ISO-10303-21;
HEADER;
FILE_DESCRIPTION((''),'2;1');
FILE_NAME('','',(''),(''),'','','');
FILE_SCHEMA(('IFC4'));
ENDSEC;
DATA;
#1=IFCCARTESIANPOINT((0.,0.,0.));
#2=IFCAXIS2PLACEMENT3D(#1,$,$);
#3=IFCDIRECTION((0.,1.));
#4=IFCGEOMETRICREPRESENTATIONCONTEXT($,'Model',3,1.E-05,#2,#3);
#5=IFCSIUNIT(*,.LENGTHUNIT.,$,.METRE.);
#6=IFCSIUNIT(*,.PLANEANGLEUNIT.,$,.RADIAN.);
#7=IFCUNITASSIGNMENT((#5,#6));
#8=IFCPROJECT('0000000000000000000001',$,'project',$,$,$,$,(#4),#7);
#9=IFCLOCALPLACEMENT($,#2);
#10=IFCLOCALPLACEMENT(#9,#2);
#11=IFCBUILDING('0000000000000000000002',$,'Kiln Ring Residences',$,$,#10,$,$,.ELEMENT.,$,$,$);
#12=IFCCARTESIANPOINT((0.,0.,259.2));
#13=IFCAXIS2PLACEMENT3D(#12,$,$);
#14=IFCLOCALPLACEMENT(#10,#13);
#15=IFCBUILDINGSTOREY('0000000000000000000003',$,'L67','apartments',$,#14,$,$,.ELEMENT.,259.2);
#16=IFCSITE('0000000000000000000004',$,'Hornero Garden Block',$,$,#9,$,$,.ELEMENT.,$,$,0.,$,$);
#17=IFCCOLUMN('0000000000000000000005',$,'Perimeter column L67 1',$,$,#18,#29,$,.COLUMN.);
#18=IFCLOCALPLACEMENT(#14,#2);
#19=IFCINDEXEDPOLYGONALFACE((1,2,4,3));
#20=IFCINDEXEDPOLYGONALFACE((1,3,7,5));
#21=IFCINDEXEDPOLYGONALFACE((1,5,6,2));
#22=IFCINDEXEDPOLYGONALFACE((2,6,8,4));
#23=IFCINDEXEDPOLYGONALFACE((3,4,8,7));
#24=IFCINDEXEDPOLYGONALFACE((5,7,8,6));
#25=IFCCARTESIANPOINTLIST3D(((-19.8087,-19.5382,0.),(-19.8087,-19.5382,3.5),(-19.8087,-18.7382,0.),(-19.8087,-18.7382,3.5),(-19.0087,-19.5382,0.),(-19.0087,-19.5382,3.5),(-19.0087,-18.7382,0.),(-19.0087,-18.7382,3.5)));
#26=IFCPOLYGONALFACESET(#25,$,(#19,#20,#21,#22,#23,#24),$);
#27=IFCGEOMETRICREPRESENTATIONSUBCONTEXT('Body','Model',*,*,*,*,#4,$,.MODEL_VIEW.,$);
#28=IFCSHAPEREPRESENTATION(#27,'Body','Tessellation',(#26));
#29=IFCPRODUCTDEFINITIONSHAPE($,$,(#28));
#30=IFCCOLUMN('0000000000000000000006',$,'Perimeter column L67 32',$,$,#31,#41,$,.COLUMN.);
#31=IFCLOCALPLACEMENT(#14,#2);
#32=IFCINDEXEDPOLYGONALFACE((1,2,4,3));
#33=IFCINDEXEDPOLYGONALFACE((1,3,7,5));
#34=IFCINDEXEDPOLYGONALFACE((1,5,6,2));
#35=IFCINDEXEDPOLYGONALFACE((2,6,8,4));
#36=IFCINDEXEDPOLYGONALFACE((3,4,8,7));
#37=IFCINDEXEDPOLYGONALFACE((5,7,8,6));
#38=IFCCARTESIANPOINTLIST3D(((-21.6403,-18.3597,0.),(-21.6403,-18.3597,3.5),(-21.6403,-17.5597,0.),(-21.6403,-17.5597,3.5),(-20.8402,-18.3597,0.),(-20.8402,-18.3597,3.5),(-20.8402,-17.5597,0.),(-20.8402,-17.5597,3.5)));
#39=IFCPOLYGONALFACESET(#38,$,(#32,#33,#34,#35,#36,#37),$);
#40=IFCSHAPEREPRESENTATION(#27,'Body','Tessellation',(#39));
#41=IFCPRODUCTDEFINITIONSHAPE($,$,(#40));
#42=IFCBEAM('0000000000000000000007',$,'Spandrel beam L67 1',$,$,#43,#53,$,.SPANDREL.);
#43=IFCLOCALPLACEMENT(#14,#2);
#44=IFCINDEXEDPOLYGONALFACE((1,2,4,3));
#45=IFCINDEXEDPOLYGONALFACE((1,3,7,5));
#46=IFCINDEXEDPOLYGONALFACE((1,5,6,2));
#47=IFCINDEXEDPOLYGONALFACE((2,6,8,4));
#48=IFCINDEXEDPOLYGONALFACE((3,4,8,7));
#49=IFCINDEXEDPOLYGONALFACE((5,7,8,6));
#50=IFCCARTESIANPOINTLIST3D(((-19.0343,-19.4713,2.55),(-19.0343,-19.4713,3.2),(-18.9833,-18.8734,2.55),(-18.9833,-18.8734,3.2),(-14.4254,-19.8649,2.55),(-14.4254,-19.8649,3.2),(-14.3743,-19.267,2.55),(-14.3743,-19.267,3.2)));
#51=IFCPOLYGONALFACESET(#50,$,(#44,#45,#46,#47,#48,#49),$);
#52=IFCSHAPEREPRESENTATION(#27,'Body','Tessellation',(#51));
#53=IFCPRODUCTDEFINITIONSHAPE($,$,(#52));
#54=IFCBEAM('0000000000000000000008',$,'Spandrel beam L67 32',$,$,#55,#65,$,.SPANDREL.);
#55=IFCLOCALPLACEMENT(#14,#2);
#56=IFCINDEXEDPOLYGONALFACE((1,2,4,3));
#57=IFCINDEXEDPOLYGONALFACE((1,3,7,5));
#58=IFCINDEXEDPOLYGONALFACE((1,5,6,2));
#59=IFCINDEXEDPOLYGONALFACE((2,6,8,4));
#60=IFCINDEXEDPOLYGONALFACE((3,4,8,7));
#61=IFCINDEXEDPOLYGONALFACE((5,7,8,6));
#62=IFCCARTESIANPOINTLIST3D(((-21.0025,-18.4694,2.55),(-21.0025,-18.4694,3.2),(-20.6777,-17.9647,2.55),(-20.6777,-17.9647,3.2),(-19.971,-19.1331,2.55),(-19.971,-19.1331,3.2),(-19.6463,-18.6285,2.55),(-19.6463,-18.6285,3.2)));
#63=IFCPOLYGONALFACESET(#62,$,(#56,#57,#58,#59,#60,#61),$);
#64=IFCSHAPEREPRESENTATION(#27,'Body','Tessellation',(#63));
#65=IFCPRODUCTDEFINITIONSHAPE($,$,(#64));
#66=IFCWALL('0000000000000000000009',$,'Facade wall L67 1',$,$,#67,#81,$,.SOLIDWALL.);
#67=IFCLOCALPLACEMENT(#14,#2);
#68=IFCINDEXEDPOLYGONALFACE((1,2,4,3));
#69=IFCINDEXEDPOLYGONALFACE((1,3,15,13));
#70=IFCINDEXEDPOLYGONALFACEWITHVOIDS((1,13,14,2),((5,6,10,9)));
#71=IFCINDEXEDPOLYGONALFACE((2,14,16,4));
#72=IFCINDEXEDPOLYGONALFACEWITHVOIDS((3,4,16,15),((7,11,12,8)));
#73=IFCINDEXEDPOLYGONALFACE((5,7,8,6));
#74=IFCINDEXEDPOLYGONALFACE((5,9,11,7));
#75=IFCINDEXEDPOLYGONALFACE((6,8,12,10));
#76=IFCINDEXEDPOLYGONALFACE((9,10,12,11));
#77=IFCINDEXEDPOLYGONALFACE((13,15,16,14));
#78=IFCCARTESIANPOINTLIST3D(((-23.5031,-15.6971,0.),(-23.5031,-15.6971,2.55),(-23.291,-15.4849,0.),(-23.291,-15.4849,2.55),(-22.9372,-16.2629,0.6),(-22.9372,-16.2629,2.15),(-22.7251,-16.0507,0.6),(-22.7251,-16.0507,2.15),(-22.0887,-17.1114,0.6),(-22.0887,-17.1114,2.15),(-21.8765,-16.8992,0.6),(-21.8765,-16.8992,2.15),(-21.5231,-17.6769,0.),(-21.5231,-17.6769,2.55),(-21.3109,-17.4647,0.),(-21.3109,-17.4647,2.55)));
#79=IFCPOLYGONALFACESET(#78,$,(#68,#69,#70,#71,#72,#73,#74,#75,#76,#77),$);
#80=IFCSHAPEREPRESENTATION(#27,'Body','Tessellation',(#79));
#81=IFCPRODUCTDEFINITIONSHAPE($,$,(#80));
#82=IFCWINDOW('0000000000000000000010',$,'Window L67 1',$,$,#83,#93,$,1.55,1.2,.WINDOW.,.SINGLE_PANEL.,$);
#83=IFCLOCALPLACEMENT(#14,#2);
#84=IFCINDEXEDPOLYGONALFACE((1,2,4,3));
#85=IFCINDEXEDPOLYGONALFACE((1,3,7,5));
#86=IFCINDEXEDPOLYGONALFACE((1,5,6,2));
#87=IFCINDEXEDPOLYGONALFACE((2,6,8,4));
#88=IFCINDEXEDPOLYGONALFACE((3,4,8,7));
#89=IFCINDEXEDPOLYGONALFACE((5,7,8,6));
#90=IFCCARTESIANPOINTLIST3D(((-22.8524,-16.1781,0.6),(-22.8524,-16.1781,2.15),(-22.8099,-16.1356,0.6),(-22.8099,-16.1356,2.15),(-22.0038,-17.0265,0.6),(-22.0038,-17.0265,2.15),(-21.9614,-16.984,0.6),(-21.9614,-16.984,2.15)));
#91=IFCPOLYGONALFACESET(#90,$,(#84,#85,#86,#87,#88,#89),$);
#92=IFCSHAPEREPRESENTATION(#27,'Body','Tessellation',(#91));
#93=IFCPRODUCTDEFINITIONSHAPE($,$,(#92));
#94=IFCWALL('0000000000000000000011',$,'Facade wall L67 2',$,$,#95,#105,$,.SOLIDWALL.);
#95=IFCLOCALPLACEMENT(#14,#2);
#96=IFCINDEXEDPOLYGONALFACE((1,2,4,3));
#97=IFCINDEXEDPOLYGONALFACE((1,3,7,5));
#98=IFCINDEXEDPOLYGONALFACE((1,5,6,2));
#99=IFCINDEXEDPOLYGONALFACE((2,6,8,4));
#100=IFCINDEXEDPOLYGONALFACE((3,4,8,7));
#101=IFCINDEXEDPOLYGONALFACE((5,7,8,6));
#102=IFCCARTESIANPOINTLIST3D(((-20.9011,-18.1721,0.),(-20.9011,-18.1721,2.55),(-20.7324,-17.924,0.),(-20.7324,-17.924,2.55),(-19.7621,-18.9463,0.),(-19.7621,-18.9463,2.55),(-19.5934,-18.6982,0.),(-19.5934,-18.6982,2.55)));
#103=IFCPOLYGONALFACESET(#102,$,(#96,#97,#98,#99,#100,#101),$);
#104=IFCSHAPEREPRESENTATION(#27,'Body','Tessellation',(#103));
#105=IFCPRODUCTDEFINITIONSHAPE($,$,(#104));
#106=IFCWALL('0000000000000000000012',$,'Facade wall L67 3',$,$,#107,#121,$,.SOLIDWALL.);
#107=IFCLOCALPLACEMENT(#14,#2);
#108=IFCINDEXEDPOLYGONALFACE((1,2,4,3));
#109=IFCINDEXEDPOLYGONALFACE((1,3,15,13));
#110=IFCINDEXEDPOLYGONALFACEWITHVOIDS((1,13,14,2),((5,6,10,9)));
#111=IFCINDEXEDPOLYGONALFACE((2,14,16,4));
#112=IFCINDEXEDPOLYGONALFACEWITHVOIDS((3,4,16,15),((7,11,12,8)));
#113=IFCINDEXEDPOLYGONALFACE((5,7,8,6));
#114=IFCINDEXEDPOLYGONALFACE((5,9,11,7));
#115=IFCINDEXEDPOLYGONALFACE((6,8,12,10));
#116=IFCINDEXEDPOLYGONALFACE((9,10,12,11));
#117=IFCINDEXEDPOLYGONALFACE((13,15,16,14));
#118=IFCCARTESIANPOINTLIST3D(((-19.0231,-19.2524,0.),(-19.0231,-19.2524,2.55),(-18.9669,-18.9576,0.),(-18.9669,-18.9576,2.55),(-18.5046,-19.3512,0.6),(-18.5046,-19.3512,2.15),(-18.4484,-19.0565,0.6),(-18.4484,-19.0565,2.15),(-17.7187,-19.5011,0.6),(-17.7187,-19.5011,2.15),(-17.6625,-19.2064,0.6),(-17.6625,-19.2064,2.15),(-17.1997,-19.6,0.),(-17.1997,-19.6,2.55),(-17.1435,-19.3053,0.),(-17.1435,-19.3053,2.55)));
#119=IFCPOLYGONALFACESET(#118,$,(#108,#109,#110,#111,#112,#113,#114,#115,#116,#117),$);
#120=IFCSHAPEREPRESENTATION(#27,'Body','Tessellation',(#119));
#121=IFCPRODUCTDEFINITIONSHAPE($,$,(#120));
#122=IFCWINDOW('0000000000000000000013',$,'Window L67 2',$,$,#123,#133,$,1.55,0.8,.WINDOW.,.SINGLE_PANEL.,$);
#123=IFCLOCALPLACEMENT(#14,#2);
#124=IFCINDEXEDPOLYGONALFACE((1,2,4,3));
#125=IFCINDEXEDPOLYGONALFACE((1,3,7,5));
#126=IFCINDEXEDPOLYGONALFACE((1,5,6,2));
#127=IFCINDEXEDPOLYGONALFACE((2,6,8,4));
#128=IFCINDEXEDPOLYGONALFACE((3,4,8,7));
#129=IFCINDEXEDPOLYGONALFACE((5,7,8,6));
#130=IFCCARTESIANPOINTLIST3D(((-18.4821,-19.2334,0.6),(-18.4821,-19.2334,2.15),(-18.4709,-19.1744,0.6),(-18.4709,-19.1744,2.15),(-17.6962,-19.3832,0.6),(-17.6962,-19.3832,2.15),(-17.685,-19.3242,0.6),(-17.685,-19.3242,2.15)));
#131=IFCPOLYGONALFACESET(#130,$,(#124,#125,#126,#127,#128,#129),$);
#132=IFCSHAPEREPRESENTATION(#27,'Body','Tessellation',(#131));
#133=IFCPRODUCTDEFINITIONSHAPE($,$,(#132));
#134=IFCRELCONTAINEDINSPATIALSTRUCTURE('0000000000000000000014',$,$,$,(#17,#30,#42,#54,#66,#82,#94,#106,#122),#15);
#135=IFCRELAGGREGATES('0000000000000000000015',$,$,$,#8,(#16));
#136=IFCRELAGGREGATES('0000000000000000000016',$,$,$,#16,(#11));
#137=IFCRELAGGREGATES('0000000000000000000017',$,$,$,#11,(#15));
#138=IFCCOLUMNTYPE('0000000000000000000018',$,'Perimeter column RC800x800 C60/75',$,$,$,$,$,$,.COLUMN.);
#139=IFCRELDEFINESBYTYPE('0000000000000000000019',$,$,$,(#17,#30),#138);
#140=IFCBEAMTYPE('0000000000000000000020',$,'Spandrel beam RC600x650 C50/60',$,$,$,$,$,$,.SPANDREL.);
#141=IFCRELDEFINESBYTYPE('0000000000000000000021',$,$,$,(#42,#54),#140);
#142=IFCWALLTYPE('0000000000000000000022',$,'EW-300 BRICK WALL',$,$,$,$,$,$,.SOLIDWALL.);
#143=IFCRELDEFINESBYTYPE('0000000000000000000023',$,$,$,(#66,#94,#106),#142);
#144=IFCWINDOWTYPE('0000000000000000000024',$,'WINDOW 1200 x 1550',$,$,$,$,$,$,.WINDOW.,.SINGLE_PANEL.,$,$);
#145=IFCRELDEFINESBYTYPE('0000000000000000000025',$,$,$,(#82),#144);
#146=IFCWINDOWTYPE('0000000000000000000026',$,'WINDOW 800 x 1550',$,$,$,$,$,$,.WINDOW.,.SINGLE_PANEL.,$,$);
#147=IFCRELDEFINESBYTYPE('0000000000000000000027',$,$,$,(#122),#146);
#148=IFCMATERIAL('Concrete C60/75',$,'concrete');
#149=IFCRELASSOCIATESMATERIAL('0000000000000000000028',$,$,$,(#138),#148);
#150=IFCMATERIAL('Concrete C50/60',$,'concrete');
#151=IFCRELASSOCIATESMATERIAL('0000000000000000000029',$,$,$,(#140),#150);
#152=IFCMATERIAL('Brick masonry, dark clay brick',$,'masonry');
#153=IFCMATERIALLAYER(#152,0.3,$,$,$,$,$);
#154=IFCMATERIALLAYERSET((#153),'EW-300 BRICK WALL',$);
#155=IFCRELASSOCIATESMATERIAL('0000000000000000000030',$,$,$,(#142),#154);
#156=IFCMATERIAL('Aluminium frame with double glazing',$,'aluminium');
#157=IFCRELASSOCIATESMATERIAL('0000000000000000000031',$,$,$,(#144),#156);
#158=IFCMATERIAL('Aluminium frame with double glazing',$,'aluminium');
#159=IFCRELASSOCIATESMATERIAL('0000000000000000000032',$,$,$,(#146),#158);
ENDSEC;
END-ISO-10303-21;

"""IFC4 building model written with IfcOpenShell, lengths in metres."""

from ifc_helpers import new_model, si_unit, direction, frame, frame_2d, origin, origin_2d, place, context, subcontext, project, spatial, rectangle, extrude, material, layer, layer_set, material_profile, profile_set, type_object, element, fill, save


model = new_model("IFC4")

# Units and contexts
model_context = context("Model", 3, precision=1e-05, world=origin(), true_north=direction((0.0, 1.0)))
body_context = subcontext(model_context, "Body", "Model", "MODEL_VIEW")
ifc_project = project(units=[si_unit("LENGTHUNIT", "METRE"), si_unit("PLANEANGLEUNIT", "RADIAN")], contexts=[model_context])

# Site, building, storey
site_placement = place(None, origin())
site = spatial("IfcSite", under=ifc_project, at=site_placement, Name="Hornero Garden Block", CompositionType="ELEMENT", RefElevation=0.0)
building_placement = place(site_placement, origin())
building = spatial("IfcBuilding", under=site, at=building_placement, Name="Kiln Ring Residences", CompositionType="ELEMENT")
storey_placement = place(building_placement, frame((0.0, 0.0, 259.2)))
storey = spatial("IfcBuildingStorey", under=building, at=storey_placement, Name="L67", Description="apartments", CompositionType="ELEMENT", Elevation=259.2)

# Columns
ifc_material_1 = material(Name="Concrete C60/75", Category="concrete")
ifc_material_profile_1 = material_profile(ifc_material_1, rectangle(XDim=0.8, YDim=0.8, at=origin_2d()), Name="RC800x800")
ifc_profile_set_1 = profile_set([ifc_material_profile_1], Name="Concrete C60/75")
column_type = type_object("IfcColumnType", Name="Perimeter column RC800x800 C60/75", PredefinedType="COLUMN", material=ifc_profile_set_1)
for number, where, z_axis, x_axis, name in (
    (1, (-19.4087, -19.1382, 0.0), (0.0, 0.0, 1.0), (1.0, 0.0, 0.0), "Perimeter column L67 1"),
    (2, (-21.2402, -17.9597, 0.0), (0.0, 0.0, 1.0), (1.0, 0.0, 0.0), "Perimeter column L67 32"),
):
    element("IfcColumn", number, at=place(storey_placement, frame(where, z_axis=z_axis, x_axis=x_axis)), inside=storey, type_object=column_type, Name=name, PredefinedType="COLUMN", context=body_context, shape_type="SweptSolid", body=[
        extrude(rectangle(XDim=0.8, YDim=0.8, at=origin_2d()), origin(), (0.0, 0.0, 1.0), 3.5),
    ])

# Beams
ifc_material_2 = material(Name="Concrete C50/60", Category="concrete")
ifc_material_profile_2 = material_profile(ifc_material_2, rectangle(XDim=0.6001, YDim=0.6499, at=origin_2d()), Name="RC600x650")
ifc_profile_set_2 = profile_set([ifc_material_profile_2], Name="Concrete C50/60")
beam_type = type_object("IfcBeamType", Name="Spandrel beam RC600x650 C50/60", PredefinedType="SPANDREL", material=ifc_profile_set_2)
beam_1_placement = place(storey_placement, frame((-19.0088, -19.1724, 2.875), z_axis=(0.996374, -0.085081, 0.0), x_axis=(0.085081, 0.996374, 0.0)))
element("IfcBeam", 3, at=beam_1_placement, inside=storey, type_object=beam_type, Name="Spandrel beam L67 1", PredefinedType="SPANDREL", context=body_context, shape_type="SweptSolid", body=[
    extrude(rectangle(XDim=0.6001, YDim=0.6499, at=origin_2d()), origin(), (0.0, 0.0, 1.0), 4.6257),
])
beam_2_placement = place(storey_placement, frame((-20.8401, -18.217, 2.875), z_axis=(0.840913, -0.54117, 0.0), x_axis=(0.54117, 0.840913, 0.0)))
element("IfcBeam", 4, at=beam_2_placement, inside=storey, type_object=beam_type, Name="Spandrel beam L67 32", PredefinedType="SPANDREL", context=body_context, shape_type="SweptSolid", body=[
    extrude(rectangle(XDim=0.6001, YDim=0.6499, at=origin_2d()), origin(), (0.0, 0.0, 1.0), 1.2266),
])

# Wall, opening, window
ifc_material_3 = material(Name="Brick masonry, dark clay brick", Category="masonry")
ifc_layer_1 = layer(ifc_material_3, 0.3)
ifc_layer_set_1 = layer_set([ifc_layer_1], Name="EW-300 BRICK WALL")
wall_type_1 = type_object("IfcWallType", Name="EW-300 BRICK WALL", PredefinedType="SOLIDWALL", material=ifc_layer_set_1)
wall_1_placement = place(storey_placement, frame((-23.397, -15.5911, 0.0), z_axis=(0.0, 0.0, 1.0), x_axis=(0.70715, -0.707063, 0.0)))
wall_1 = element("IfcWall", 5, at=wall_1_placement, inside=storey, type_object=wall_type_1, Name="Facade wall L67 1", PredefinedType="SOLIDWALL", context=body_context, shape_type="SweptSolid", body=[
    extrude(rectangle(XDim=2.8, YDim=0.3, at=frame_2d((1.3999, 0.0))), origin(), (0.0, 0.0, 1.0), 2.55),
])
opening_1_placement = place(wall_1_placement, frame((0.8, 0.0, 0.6001)))
opening_1 = element("IfcOpeningElement", 6, at=opening_1_placement, cuts=wall_1, PredefinedType="OPENING", context=body_context, shape_type="SweptSolid", body=[
    extrude(rectangle(XDim=1.2, YDim=1.55, at=frame_2d((0.6001, 0.7749))), frame((0.0, 0.1599, 0.0), z_axis=(0.0, -1.0, 0.0), x_axis=(1.0, 0.0, 0.0)), (0.0, 0.0, 1.0), 0.3201),
])
ifc_material_4 = material(Name="Aluminium frame with double glazing", Category="aluminium")
window_type_1 = type_object("IfcWindowType", Name="WINDOW 1200 x 1550", PartitioningType="SINGLE_PANEL", PredefinedType="WINDOW", material=ifc_material_4)
window_1_placement = place(opening_1_placement, origin())
window_1 = element("IfcWindow", 7, at=window_1_placement, inside=storey, type_object=window_type_1, Name="Window L67 1", OverallHeight=1.55, OverallWidth=1.2, PartitioningType="SINGLE_PANEL", PredefinedType="WINDOW", context=body_context, shape_type="SweptSolid", body=[
    extrude(rectangle(XDim=1.2, YDim=1.55, at=frame_2d((0.6001, 0.7749))), frame((0.0, 0.03, 0.0), z_axis=(0.0, -1.0, 0.0), x_axis=(1.0, 0.0, 0.0)), (0.0, 0.0, 1.0), 0.0601),
])
fill(opening_1, window_1)

# Wall
wall_2_placement = place(storey_placement, frame((-20.8167, -18.0481, 0.0), z_axis=(0.0, 0.0, 1.0), x_axis=(0.827025, -0.562165, 0.0)))
element("IfcWall", 8, at=wall_2_placement, inside=storey, type_object=wall_type_1, Name="Facade wall L67 2", PredefinedType="SOLIDWALL", context=body_context, shape_type="SweptSolid", body=[
    extrude(rectangle(XDim=1.3772, YDim=0.3, at=frame_2d((0.6885, 0.0))), origin(), (0.0, 0.0, 1.0), 2.55),
])

# Wall, opening, window
wall_3_placement = place(storey_placement, frame((-18.9951, -19.105, 0.0), z_axis=(0.0, 0.0, 1.0), x_axis=(0.982302, -0.187306, 0.0)))
wall_3 = element("IfcWall", 9, at=wall_3_placement, inside=storey, type_object=wall_type_1, Name="Facade wall L67 3", PredefinedType="SOLIDWALL", context=body_context, shape_type="SweptSolid", body=[
    extrude(rectangle(XDim=1.8562, YDim=0.3, at=frame_2d((0.9282, 0.0))), origin(), (0.0, 0.0, 1.0), 2.55),
])
opening_2_placement = place(wall_3_placement, frame((0.5281, 0.0, 0.6001)))
opening_2 = element("IfcOpeningElement", 10, at=opening_2_placement, cuts=wall_3, PredefinedType="OPENING", context=body_context, shape_type="SweptSolid", body=[
    extrude(rectangle(XDim=0.8, YDim=1.55, at=frame_2d((0.3999, 0.7749))), frame((0.0, 0.1599, 0.0), z_axis=(0.0, -1.0, 0.0), x_axis=(1.0, 0.0, 0.0)), (0.0, 0.0, 1.0), 0.3201),
])
ifc_material_5 = material(Name="Aluminium frame with double glazing", Category="aluminium")
window_type_2 = type_object("IfcWindowType", Name="WINDOW 800 x 1550", PartitioningType="SINGLE_PANEL", PredefinedType="WINDOW", material=ifc_material_5)
window_2_placement = place(opening_2_placement, origin())
window_2 = element("IfcWindow", 11, at=window_2_placement, inside=storey, type_object=window_type_2, Name="Window L67 2", OverallHeight=1.55, OverallWidth=0.8, PartitioningType="SINGLE_PANEL", PredefinedType="WINDOW", context=body_context, shape_type="SweptSolid", body=[
    extrude(rectangle(XDim=0.8, YDim=1.55, at=frame_2d((0.3999, 0.7749))), frame((0.0, 0.03, 0.0), z_axis=(0.0, -1.0, 0.0), x_axis=(1.0, 0.0, 0.0)), (0.0, 0.0, 1.0), 0.0601),
])
fill(opening_2, window_2)

save(model, "model.ifc")
